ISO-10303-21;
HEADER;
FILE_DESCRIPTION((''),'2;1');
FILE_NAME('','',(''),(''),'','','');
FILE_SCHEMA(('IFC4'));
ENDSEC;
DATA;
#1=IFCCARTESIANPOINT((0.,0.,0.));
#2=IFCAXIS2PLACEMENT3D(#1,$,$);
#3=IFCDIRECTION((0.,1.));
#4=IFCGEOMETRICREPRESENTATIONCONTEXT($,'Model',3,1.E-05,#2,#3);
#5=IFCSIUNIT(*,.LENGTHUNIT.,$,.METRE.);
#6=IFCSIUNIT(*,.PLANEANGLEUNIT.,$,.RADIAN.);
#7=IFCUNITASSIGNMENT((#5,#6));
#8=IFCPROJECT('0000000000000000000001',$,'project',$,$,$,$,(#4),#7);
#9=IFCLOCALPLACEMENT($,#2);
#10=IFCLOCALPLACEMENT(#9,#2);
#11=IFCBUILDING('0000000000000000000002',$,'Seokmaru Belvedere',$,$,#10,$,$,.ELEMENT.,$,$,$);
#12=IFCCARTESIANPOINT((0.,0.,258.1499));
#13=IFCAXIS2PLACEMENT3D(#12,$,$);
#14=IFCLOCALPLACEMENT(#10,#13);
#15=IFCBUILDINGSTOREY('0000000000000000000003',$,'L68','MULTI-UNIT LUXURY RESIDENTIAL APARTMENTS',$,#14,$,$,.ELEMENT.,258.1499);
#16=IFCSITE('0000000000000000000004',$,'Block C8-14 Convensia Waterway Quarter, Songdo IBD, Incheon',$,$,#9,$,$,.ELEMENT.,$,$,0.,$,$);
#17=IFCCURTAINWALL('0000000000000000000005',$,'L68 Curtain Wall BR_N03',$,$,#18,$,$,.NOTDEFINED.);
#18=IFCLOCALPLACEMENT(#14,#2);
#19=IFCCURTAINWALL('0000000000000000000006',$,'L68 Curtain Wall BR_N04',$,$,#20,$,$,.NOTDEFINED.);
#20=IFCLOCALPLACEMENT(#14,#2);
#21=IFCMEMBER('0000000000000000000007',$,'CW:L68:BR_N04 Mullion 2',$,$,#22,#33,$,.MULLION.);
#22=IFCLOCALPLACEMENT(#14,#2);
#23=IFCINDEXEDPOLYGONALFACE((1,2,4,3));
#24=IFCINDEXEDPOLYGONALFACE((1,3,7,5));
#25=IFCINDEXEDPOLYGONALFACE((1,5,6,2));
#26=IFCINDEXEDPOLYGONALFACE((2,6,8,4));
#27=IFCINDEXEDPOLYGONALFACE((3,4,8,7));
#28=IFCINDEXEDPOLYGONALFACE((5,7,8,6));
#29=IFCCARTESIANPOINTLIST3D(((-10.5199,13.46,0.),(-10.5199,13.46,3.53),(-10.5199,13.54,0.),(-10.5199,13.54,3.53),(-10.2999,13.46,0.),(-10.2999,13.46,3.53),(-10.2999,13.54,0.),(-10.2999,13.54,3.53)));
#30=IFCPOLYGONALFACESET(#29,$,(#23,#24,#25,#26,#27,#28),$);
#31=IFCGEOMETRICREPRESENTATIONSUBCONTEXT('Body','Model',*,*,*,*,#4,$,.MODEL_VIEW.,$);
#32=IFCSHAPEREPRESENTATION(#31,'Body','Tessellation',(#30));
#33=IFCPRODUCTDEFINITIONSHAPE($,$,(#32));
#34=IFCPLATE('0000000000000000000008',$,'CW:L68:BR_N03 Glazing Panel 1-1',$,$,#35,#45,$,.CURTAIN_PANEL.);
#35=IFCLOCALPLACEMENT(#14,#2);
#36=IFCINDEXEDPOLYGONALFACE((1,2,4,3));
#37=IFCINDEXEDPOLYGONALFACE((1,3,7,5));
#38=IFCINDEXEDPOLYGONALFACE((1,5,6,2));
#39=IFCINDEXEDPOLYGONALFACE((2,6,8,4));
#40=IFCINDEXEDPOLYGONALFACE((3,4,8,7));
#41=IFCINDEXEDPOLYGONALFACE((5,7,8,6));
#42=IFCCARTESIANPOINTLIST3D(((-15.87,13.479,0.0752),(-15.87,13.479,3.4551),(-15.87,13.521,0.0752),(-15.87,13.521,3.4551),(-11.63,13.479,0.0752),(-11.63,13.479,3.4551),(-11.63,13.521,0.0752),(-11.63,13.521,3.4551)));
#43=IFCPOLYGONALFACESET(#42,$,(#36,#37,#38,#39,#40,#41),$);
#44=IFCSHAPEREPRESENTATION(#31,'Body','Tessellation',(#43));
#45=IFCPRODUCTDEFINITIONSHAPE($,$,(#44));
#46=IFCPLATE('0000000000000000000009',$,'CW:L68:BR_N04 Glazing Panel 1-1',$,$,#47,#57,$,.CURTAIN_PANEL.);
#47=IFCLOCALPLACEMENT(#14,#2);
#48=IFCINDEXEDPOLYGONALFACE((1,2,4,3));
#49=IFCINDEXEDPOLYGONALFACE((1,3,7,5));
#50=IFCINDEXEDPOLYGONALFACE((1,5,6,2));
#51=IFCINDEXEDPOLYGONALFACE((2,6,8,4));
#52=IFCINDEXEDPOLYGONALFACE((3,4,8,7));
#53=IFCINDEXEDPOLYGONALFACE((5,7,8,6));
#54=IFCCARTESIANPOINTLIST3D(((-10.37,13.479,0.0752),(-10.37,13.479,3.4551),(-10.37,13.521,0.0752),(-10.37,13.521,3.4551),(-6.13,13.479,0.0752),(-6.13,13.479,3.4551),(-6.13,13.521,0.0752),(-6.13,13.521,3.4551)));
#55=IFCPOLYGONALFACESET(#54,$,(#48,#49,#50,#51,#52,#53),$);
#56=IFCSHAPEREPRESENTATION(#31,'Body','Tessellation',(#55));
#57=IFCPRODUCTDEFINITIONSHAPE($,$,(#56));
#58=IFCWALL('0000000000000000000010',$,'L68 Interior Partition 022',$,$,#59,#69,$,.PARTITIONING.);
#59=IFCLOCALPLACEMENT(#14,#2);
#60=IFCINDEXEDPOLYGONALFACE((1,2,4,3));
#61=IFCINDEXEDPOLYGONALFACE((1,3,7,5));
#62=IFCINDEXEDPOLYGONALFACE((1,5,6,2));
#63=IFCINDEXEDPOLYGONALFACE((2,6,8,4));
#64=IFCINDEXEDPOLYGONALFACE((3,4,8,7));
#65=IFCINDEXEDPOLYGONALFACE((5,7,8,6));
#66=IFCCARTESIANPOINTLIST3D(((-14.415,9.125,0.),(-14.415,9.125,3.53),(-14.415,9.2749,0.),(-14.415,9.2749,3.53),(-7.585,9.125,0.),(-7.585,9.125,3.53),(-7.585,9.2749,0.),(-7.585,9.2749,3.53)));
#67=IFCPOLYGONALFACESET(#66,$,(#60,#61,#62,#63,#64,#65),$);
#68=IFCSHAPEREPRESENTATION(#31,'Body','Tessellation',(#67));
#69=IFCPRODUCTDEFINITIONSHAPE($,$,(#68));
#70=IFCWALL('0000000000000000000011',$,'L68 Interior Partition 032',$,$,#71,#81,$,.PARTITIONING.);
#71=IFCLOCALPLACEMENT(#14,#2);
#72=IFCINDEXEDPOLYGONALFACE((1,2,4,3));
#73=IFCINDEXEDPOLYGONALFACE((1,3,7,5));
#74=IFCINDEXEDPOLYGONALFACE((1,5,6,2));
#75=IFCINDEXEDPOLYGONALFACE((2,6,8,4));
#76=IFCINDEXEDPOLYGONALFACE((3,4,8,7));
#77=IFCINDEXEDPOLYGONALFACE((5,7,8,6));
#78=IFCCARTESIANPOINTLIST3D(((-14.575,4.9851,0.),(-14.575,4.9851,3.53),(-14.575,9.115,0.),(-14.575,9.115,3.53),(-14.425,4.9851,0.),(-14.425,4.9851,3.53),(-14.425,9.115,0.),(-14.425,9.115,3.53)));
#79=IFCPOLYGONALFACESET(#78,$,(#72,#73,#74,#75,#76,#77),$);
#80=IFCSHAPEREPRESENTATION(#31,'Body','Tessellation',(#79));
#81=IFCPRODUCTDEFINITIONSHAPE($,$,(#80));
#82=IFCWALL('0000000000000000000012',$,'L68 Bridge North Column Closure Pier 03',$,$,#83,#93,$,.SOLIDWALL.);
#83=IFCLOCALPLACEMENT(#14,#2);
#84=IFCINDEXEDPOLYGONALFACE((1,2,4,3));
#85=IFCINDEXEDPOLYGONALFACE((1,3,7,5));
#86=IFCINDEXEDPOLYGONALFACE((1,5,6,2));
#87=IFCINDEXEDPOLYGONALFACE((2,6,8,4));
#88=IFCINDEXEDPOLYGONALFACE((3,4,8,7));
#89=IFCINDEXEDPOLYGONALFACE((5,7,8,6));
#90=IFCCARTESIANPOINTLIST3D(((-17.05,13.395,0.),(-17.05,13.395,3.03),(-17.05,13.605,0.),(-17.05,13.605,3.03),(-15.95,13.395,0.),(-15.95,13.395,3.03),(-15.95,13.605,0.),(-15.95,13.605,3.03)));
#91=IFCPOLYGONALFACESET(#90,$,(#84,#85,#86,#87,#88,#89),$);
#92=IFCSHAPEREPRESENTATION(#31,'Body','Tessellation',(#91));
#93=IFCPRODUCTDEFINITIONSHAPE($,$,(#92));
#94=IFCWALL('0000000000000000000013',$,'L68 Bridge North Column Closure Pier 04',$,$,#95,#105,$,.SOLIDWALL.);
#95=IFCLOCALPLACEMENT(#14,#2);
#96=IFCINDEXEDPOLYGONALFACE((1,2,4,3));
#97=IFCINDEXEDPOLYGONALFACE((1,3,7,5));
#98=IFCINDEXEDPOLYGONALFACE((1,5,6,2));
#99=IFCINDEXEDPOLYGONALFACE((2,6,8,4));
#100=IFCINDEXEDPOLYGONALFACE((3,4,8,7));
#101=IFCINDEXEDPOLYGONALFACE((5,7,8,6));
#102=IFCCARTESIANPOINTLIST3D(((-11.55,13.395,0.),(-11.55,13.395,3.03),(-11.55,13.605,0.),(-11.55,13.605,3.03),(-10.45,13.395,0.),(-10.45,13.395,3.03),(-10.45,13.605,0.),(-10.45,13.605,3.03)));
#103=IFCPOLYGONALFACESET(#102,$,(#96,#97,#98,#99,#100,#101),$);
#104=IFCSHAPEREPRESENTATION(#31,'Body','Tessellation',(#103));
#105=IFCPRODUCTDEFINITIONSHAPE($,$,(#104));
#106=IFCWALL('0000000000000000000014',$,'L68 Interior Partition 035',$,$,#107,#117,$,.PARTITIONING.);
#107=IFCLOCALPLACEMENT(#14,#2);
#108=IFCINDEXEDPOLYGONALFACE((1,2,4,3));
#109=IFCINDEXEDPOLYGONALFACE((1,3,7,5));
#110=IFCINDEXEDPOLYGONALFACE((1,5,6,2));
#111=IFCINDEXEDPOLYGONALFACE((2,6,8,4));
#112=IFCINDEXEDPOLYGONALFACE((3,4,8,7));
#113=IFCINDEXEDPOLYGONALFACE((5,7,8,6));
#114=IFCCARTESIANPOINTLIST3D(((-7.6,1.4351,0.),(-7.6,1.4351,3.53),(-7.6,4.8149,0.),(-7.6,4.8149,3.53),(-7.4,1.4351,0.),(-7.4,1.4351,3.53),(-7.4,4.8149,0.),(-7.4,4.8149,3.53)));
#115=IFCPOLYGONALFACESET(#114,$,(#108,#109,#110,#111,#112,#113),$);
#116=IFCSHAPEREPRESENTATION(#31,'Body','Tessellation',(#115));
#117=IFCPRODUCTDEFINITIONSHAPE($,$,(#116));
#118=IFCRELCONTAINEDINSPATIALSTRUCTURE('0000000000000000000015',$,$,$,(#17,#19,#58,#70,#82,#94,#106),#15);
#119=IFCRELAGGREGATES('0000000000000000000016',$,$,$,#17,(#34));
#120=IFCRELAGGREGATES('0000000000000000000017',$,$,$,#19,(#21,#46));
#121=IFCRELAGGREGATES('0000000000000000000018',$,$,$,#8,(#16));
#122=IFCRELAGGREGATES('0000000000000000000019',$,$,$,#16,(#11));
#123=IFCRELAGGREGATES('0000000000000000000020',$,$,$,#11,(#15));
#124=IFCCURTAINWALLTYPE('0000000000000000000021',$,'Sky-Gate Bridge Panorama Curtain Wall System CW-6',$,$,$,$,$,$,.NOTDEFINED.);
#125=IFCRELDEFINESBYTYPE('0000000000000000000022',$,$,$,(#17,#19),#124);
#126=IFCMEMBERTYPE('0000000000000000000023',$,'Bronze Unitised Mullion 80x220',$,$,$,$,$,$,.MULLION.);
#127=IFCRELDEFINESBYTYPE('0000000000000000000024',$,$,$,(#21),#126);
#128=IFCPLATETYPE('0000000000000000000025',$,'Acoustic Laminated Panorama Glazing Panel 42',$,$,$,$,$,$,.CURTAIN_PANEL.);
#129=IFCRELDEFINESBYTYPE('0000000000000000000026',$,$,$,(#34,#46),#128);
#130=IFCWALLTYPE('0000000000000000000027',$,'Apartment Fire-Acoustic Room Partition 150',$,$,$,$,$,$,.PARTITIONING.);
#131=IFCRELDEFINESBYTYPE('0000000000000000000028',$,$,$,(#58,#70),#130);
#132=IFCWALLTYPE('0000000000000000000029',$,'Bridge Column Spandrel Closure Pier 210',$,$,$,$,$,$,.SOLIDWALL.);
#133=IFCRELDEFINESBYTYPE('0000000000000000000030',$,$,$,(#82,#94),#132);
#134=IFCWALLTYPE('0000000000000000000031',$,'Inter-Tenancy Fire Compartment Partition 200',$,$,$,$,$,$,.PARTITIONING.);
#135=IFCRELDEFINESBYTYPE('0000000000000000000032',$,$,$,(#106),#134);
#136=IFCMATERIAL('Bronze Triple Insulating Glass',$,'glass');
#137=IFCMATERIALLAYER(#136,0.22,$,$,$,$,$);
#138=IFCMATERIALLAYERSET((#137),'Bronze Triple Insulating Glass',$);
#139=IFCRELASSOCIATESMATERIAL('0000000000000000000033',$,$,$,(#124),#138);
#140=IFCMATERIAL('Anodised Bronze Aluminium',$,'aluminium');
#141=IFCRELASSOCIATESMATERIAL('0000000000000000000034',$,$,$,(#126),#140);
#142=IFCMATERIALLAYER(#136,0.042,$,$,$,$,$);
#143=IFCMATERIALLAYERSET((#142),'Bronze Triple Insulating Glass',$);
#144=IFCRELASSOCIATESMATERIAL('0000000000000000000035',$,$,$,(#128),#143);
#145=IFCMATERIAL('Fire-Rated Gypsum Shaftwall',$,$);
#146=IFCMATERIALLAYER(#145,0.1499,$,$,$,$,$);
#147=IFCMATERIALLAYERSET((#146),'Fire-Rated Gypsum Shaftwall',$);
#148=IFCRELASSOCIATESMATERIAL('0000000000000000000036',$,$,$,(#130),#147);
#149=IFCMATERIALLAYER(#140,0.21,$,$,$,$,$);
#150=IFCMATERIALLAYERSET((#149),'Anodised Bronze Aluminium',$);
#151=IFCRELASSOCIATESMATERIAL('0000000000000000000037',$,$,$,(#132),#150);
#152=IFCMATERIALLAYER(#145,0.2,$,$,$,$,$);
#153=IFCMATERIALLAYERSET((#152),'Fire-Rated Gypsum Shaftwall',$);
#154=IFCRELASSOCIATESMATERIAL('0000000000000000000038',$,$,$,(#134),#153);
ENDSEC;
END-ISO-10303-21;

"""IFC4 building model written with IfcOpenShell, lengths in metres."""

from ifc_helpers import new_model, si_unit, direction, frame, frame_2d, origin, origin_2d, place, context, subcontext, project, spatial, rectangle, extrude, source, transform, mapped, material, layer, layer_set, material_profile, profile_set, type_object, type_shapes, element, aggregate, save


model = new_model("IFC4")

# Units and contexts
model_context = context("Model", 3, precision=1e-05, world=origin(), true_north=direction((0.0, 1.0)))
body_context = subcontext(model_context, "Body", "Model", "MODEL_VIEW")
ifc_project = project(units=[si_unit("LENGTHUNIT", "METRE"), si_unit("PLANEANGLEUNIT", "RADIAN")], contexts=[model_context])

# Site, building, storey
site_placement = place(None, origin())
site = spatial("IfcSite", under=ifc_project, at=site_placement, Name="Block C8-14 Convensia Waterway Quarter, Songdo IBD, Incheon", CompositionType="ELEMENT", RefElevation=0.0)
building_placement = place(site_placement, origin())
building = spatial("IfcBuilding", under=site, at=building_placement, Name="Seokmaru Belvedere", CompositionType="ELEMENT")
storey_placement = place(building_placement, frame((0.0, 0.0, 258.1499)))
storey = spatial("IfcBuildingStorey", under=building, at=storey_placement, Name="L68", Description="MULTI-UNIT LUXURY RESIDENTIAL APARTMENTS", CompositionType="ELEMENT", Elevation=258.1499)

# Curtain wall
ifc_material_1 = material(Name="Bronze Triple Insulating Glass", Category="glass")
ifc_layer_1 = layer(ifc_material_1, 0.22)
ifc_layer_set_1 = layer_set([ifc_layer_1], Name="Bronze Triple Insulating Glass")
curtain_wall_type = type_object("IfcCurtainWallType", Name="Sky-Gate Bridge Panorama Curtain Wall System CW-6", PredefinedType="NOTDEFINED", material=ifc_layer_set_1)
curtain_wall_1_placement = place(storey_placement, origin())
curtain_wall_1 = element("IfcCurtainWall", 1, at=curtain_wall_1_placement, inside=storey, type_object=curtain_wall_type, Name="L68 Curtain Wall BR_N03", PredefinedType="NOTDEFINED")
ifc_material_2 = material(Name="Anodised Bronze Aluminium", Category="aluminium")

# Curtain wall
curtain_wall_2_placement = place(storey_placement, origin())
curtain_wall_2 = element("IfcCurtainWall", 2, at=curtain_wall_2_placement, inside=storey, type_object=curtain_wall_type, Name="L68 Curtain Wall BR_N04", PredefinedType="NOTDEFINED")

# Member
ifc_material_profile_1 = material_profile(ifc_material_2, rectangle(XDim=0.0801, YDim=0.22, at=origin_2d()), Name="CW-M-80x220")
ifc_profile_set_1 = profile_set([ifc_material_profile_1], Name="Anodised Bronze Aluminium")
member_type_1 = type_object("IfcMemberType", Name="Bronze Unitised Mullion 80x220", PredefinedType="MULLION", material=ifc_profile_set_1)
shared_shape_1 = source(origin(), body_context, "Body", "SweptSolid", [
    extrude(rectangle(XDim=0.0801, YDim=0.22, at=origin_2d()), origin(), (0.0, 0.0, 1.0), 3.53),
])
type_shapes(member_type_1, [shared_shape_1])
member_1_placement = place(storey_placement, frame((-10.4099, 13.5, 0.0), z_axis=(0.0, 0.0, 1.0), x_axis=(0.0, -1.0, 0.0)))
member_1 = element("IfcMember", 3, at=member_1_placement, type_object=member_type_1, Name="CW:L68:BR_N04 Mullion 2", PredefinedType="MULLION", context=body_context, shape_type="MappedRepresentation", body=[
    mapped(shared_shape_1, transform((0.0, 0.0, 0.0), scale=1.0)),
])

# Plates
ifc_layer_2 = layer(ifc_material_1, 0.042)
ifc_layer_set_2 = layer_set([ifc_layer_2], Name="Bronze Triple Insulating Glass")
plate_type = type_object("IfcPlateType", Name="Acoustic Laminated Panorama Glazing Panel 42", PredefinedType="CURTAIN_PANEL", material=ifc_layer_set_2)
shared_shape_2 = source(origin(), body_context, "Body", "SweptSolid", [
    extrude(rectangle(XDim=4.24, YDim=0.042, at=origin_2d()), origin(), (0.0, 0.0, 1.0), 3.3799),
])
type_shapes(plate_type, [shared_shape_2])
plate_1_placement = place(storey_placement, frame((-13.75, 13.5, 0.0752), z_axis=(0.0, 0.0, 1.0), x_axis=(-1.0, 0.0, 0.0)))
plate_1 = element("IfcPlate", 4, at=plate_1_placement, type_object=plate_type, Name="CW:L68:BR_N03 Glazing Panel 1-1", PredefinedType="CURTAIN_PANEL", context=body_context, shape_type="MappedRepresentation", body=[
    mapped(shared_shape_2, transform((0.0, 0.0, 0.0), scale=1.0)),
])
aggregate(curtain_wall_1, [plate_1])
plate_2_placement = place(storey_placement, frame((-8.25, 13.5, 0.0752), z_axis=(0.0, 0.0, 1.0), x_axis=(-1.0, 0.0, 0.0)))
plate_2 = element("IfcPlate", 5, at=plate_2_placement, type_object=plate_type, Name="CW:L68:BR_N04 Glazing Panel 1-1", PredefinedType="CURTAIN_PANEL", context=body_context, shape_type="MappedRepresentation", body=[
    mapped(shared_shape_2, transform((0.0, 0.0, 0.0), scale=1.0)),
])
aggregate(curtain_wall_2, [member_1, plate_2])

# Walls
ifc_material_3 = material(Name="Fire-Rated Gypsum Shaftwall")
ifc_layer_3 = layer(ifc_material_3, 0.1499)
ifc_layer_set_3 = layer_set([ifc_layer_3], Name="Fire-Rated Gypsum Shaftwall")
wall_type_1 = type_object("IfcWallType", Name="Apartment Fire-Acoustic Room Partition 150", PredefinedType="PARTITIONING", material=ifc_layer_set_3)
wall_1_placement = place(storey_placement, frame((-14.415, 9.2, 0.0), z_axis=(0.0, 0.0, 1.0), x_axis=(1.0, 0.0, 0.0)))
element("IfcWall", 6, at=wall_1_placement, inside=storey, type_object=wall_type_1, Name="L68 Interior Partition 022", PredefinedType="PARTITIONING", context=body_context, shape_type="SweptSolid", body=[
    extrude(rectangle(XDim=6.8301, YDim=0.1499, at=frame_2d((3.415, 0.0))), origin(), (0.0, 0.0, 1.0), 3.53),
])
wall_2_placement = place(storey_placement, frame((-14.5, 4.9851, 0.0), z_axis=(0.0, 0.0, 1.0), x_axis=(0.0, 1.0, 0.0)))
element("IfcWall", 7, at=wall_2_placement, inside=storey, type_object=wall_type_1, Name="L68 Interior Partition 032", PredefinedType="PARTITIONING", context=body_context, shape_type="SweptSolid", body=[
    extrude(rectangle(XDim=4.1299, YDim=0.1499, at=frame_2d((2.0649, 0.0))), origin(), (0.0, 0.0, 1.0), 3.53),
])

# Walls
ifc_layer_4 = layer(ifc_material_2, 0.21)
ifc_layer_set_4 = layer_set([ifc_layer_4], Name="Anodised Bronze Aluminium")
wall_type_2 = type_object("IfcWallType", Name="Bridge Column Spandrel Closure Pier 210", PredefinedType="SOLIDWALL", material=ifc_layer_set_4)
for number, where, z_axis, x_axis, name in (
    (8, (-17.05, 13.5, 0.0), (0.0, 0.0, 1.0), (1.0, 0.0, 0.0), "L68 Bridge North Column Closure Pier 03"),
    (9, (-11.55, 13.5, 0.0), (0.0, 0.0, 1.0), (1.0, 0.0, 0.0), "L68 Bridge North Column Closure Pier 04"),
):
    element("IfcWall", number, at=place(storey_placement, frame(where, z_axis=z_axis, x_axis=x_axis)), inside=storey, type_object=wall_type_2, Name=name, PredefinedType="SOLIDWALL", context=body_context, shape_type="SweptSolid", body=[
        extrude(rectangle(XDim=1.1001, YDim=0.21, at=frame_2d((0.55, 0.0))), origin(), (0.0, 0.0, 1.0), 3.03),
    ])
ifc_layer_5 = layer(ifc_material_3, 0.2)
ifc_layer_set_5 = layer_set([ifc_layer_5], Name="Fire-Rated Gypsum Shaftwall")
wall_type_3 = type_object("IfcWallType", Name="Inter-Tenancy Fire Compartment Partition 200", PredefinedType="PARTITIONING", material=ifc_layer_set_5)
wall_3_placement = place(storey_placement, frame((-7.5, 1.4351, 0.0), z_axis=(0.0, 0.0, 1.0), x_axis=(0.0, 1.0, 0.0)))
element("IfcWall", 10, at=wall_3_placement, inside=storey, type_object=wall_type_3, Name="L68 Interior Partition 035", PredefinedType="PARTITIONING", context=body_context, shape_type="SweptSolid", body=[
    extrude(rectangle(XDim=3.3799, YDim=0.2, at=frame_2d((1.6899, 0.0))), origin(), (0.0, 0.0, 1.0), 3.53),
])

save(model, "model.ifc")
